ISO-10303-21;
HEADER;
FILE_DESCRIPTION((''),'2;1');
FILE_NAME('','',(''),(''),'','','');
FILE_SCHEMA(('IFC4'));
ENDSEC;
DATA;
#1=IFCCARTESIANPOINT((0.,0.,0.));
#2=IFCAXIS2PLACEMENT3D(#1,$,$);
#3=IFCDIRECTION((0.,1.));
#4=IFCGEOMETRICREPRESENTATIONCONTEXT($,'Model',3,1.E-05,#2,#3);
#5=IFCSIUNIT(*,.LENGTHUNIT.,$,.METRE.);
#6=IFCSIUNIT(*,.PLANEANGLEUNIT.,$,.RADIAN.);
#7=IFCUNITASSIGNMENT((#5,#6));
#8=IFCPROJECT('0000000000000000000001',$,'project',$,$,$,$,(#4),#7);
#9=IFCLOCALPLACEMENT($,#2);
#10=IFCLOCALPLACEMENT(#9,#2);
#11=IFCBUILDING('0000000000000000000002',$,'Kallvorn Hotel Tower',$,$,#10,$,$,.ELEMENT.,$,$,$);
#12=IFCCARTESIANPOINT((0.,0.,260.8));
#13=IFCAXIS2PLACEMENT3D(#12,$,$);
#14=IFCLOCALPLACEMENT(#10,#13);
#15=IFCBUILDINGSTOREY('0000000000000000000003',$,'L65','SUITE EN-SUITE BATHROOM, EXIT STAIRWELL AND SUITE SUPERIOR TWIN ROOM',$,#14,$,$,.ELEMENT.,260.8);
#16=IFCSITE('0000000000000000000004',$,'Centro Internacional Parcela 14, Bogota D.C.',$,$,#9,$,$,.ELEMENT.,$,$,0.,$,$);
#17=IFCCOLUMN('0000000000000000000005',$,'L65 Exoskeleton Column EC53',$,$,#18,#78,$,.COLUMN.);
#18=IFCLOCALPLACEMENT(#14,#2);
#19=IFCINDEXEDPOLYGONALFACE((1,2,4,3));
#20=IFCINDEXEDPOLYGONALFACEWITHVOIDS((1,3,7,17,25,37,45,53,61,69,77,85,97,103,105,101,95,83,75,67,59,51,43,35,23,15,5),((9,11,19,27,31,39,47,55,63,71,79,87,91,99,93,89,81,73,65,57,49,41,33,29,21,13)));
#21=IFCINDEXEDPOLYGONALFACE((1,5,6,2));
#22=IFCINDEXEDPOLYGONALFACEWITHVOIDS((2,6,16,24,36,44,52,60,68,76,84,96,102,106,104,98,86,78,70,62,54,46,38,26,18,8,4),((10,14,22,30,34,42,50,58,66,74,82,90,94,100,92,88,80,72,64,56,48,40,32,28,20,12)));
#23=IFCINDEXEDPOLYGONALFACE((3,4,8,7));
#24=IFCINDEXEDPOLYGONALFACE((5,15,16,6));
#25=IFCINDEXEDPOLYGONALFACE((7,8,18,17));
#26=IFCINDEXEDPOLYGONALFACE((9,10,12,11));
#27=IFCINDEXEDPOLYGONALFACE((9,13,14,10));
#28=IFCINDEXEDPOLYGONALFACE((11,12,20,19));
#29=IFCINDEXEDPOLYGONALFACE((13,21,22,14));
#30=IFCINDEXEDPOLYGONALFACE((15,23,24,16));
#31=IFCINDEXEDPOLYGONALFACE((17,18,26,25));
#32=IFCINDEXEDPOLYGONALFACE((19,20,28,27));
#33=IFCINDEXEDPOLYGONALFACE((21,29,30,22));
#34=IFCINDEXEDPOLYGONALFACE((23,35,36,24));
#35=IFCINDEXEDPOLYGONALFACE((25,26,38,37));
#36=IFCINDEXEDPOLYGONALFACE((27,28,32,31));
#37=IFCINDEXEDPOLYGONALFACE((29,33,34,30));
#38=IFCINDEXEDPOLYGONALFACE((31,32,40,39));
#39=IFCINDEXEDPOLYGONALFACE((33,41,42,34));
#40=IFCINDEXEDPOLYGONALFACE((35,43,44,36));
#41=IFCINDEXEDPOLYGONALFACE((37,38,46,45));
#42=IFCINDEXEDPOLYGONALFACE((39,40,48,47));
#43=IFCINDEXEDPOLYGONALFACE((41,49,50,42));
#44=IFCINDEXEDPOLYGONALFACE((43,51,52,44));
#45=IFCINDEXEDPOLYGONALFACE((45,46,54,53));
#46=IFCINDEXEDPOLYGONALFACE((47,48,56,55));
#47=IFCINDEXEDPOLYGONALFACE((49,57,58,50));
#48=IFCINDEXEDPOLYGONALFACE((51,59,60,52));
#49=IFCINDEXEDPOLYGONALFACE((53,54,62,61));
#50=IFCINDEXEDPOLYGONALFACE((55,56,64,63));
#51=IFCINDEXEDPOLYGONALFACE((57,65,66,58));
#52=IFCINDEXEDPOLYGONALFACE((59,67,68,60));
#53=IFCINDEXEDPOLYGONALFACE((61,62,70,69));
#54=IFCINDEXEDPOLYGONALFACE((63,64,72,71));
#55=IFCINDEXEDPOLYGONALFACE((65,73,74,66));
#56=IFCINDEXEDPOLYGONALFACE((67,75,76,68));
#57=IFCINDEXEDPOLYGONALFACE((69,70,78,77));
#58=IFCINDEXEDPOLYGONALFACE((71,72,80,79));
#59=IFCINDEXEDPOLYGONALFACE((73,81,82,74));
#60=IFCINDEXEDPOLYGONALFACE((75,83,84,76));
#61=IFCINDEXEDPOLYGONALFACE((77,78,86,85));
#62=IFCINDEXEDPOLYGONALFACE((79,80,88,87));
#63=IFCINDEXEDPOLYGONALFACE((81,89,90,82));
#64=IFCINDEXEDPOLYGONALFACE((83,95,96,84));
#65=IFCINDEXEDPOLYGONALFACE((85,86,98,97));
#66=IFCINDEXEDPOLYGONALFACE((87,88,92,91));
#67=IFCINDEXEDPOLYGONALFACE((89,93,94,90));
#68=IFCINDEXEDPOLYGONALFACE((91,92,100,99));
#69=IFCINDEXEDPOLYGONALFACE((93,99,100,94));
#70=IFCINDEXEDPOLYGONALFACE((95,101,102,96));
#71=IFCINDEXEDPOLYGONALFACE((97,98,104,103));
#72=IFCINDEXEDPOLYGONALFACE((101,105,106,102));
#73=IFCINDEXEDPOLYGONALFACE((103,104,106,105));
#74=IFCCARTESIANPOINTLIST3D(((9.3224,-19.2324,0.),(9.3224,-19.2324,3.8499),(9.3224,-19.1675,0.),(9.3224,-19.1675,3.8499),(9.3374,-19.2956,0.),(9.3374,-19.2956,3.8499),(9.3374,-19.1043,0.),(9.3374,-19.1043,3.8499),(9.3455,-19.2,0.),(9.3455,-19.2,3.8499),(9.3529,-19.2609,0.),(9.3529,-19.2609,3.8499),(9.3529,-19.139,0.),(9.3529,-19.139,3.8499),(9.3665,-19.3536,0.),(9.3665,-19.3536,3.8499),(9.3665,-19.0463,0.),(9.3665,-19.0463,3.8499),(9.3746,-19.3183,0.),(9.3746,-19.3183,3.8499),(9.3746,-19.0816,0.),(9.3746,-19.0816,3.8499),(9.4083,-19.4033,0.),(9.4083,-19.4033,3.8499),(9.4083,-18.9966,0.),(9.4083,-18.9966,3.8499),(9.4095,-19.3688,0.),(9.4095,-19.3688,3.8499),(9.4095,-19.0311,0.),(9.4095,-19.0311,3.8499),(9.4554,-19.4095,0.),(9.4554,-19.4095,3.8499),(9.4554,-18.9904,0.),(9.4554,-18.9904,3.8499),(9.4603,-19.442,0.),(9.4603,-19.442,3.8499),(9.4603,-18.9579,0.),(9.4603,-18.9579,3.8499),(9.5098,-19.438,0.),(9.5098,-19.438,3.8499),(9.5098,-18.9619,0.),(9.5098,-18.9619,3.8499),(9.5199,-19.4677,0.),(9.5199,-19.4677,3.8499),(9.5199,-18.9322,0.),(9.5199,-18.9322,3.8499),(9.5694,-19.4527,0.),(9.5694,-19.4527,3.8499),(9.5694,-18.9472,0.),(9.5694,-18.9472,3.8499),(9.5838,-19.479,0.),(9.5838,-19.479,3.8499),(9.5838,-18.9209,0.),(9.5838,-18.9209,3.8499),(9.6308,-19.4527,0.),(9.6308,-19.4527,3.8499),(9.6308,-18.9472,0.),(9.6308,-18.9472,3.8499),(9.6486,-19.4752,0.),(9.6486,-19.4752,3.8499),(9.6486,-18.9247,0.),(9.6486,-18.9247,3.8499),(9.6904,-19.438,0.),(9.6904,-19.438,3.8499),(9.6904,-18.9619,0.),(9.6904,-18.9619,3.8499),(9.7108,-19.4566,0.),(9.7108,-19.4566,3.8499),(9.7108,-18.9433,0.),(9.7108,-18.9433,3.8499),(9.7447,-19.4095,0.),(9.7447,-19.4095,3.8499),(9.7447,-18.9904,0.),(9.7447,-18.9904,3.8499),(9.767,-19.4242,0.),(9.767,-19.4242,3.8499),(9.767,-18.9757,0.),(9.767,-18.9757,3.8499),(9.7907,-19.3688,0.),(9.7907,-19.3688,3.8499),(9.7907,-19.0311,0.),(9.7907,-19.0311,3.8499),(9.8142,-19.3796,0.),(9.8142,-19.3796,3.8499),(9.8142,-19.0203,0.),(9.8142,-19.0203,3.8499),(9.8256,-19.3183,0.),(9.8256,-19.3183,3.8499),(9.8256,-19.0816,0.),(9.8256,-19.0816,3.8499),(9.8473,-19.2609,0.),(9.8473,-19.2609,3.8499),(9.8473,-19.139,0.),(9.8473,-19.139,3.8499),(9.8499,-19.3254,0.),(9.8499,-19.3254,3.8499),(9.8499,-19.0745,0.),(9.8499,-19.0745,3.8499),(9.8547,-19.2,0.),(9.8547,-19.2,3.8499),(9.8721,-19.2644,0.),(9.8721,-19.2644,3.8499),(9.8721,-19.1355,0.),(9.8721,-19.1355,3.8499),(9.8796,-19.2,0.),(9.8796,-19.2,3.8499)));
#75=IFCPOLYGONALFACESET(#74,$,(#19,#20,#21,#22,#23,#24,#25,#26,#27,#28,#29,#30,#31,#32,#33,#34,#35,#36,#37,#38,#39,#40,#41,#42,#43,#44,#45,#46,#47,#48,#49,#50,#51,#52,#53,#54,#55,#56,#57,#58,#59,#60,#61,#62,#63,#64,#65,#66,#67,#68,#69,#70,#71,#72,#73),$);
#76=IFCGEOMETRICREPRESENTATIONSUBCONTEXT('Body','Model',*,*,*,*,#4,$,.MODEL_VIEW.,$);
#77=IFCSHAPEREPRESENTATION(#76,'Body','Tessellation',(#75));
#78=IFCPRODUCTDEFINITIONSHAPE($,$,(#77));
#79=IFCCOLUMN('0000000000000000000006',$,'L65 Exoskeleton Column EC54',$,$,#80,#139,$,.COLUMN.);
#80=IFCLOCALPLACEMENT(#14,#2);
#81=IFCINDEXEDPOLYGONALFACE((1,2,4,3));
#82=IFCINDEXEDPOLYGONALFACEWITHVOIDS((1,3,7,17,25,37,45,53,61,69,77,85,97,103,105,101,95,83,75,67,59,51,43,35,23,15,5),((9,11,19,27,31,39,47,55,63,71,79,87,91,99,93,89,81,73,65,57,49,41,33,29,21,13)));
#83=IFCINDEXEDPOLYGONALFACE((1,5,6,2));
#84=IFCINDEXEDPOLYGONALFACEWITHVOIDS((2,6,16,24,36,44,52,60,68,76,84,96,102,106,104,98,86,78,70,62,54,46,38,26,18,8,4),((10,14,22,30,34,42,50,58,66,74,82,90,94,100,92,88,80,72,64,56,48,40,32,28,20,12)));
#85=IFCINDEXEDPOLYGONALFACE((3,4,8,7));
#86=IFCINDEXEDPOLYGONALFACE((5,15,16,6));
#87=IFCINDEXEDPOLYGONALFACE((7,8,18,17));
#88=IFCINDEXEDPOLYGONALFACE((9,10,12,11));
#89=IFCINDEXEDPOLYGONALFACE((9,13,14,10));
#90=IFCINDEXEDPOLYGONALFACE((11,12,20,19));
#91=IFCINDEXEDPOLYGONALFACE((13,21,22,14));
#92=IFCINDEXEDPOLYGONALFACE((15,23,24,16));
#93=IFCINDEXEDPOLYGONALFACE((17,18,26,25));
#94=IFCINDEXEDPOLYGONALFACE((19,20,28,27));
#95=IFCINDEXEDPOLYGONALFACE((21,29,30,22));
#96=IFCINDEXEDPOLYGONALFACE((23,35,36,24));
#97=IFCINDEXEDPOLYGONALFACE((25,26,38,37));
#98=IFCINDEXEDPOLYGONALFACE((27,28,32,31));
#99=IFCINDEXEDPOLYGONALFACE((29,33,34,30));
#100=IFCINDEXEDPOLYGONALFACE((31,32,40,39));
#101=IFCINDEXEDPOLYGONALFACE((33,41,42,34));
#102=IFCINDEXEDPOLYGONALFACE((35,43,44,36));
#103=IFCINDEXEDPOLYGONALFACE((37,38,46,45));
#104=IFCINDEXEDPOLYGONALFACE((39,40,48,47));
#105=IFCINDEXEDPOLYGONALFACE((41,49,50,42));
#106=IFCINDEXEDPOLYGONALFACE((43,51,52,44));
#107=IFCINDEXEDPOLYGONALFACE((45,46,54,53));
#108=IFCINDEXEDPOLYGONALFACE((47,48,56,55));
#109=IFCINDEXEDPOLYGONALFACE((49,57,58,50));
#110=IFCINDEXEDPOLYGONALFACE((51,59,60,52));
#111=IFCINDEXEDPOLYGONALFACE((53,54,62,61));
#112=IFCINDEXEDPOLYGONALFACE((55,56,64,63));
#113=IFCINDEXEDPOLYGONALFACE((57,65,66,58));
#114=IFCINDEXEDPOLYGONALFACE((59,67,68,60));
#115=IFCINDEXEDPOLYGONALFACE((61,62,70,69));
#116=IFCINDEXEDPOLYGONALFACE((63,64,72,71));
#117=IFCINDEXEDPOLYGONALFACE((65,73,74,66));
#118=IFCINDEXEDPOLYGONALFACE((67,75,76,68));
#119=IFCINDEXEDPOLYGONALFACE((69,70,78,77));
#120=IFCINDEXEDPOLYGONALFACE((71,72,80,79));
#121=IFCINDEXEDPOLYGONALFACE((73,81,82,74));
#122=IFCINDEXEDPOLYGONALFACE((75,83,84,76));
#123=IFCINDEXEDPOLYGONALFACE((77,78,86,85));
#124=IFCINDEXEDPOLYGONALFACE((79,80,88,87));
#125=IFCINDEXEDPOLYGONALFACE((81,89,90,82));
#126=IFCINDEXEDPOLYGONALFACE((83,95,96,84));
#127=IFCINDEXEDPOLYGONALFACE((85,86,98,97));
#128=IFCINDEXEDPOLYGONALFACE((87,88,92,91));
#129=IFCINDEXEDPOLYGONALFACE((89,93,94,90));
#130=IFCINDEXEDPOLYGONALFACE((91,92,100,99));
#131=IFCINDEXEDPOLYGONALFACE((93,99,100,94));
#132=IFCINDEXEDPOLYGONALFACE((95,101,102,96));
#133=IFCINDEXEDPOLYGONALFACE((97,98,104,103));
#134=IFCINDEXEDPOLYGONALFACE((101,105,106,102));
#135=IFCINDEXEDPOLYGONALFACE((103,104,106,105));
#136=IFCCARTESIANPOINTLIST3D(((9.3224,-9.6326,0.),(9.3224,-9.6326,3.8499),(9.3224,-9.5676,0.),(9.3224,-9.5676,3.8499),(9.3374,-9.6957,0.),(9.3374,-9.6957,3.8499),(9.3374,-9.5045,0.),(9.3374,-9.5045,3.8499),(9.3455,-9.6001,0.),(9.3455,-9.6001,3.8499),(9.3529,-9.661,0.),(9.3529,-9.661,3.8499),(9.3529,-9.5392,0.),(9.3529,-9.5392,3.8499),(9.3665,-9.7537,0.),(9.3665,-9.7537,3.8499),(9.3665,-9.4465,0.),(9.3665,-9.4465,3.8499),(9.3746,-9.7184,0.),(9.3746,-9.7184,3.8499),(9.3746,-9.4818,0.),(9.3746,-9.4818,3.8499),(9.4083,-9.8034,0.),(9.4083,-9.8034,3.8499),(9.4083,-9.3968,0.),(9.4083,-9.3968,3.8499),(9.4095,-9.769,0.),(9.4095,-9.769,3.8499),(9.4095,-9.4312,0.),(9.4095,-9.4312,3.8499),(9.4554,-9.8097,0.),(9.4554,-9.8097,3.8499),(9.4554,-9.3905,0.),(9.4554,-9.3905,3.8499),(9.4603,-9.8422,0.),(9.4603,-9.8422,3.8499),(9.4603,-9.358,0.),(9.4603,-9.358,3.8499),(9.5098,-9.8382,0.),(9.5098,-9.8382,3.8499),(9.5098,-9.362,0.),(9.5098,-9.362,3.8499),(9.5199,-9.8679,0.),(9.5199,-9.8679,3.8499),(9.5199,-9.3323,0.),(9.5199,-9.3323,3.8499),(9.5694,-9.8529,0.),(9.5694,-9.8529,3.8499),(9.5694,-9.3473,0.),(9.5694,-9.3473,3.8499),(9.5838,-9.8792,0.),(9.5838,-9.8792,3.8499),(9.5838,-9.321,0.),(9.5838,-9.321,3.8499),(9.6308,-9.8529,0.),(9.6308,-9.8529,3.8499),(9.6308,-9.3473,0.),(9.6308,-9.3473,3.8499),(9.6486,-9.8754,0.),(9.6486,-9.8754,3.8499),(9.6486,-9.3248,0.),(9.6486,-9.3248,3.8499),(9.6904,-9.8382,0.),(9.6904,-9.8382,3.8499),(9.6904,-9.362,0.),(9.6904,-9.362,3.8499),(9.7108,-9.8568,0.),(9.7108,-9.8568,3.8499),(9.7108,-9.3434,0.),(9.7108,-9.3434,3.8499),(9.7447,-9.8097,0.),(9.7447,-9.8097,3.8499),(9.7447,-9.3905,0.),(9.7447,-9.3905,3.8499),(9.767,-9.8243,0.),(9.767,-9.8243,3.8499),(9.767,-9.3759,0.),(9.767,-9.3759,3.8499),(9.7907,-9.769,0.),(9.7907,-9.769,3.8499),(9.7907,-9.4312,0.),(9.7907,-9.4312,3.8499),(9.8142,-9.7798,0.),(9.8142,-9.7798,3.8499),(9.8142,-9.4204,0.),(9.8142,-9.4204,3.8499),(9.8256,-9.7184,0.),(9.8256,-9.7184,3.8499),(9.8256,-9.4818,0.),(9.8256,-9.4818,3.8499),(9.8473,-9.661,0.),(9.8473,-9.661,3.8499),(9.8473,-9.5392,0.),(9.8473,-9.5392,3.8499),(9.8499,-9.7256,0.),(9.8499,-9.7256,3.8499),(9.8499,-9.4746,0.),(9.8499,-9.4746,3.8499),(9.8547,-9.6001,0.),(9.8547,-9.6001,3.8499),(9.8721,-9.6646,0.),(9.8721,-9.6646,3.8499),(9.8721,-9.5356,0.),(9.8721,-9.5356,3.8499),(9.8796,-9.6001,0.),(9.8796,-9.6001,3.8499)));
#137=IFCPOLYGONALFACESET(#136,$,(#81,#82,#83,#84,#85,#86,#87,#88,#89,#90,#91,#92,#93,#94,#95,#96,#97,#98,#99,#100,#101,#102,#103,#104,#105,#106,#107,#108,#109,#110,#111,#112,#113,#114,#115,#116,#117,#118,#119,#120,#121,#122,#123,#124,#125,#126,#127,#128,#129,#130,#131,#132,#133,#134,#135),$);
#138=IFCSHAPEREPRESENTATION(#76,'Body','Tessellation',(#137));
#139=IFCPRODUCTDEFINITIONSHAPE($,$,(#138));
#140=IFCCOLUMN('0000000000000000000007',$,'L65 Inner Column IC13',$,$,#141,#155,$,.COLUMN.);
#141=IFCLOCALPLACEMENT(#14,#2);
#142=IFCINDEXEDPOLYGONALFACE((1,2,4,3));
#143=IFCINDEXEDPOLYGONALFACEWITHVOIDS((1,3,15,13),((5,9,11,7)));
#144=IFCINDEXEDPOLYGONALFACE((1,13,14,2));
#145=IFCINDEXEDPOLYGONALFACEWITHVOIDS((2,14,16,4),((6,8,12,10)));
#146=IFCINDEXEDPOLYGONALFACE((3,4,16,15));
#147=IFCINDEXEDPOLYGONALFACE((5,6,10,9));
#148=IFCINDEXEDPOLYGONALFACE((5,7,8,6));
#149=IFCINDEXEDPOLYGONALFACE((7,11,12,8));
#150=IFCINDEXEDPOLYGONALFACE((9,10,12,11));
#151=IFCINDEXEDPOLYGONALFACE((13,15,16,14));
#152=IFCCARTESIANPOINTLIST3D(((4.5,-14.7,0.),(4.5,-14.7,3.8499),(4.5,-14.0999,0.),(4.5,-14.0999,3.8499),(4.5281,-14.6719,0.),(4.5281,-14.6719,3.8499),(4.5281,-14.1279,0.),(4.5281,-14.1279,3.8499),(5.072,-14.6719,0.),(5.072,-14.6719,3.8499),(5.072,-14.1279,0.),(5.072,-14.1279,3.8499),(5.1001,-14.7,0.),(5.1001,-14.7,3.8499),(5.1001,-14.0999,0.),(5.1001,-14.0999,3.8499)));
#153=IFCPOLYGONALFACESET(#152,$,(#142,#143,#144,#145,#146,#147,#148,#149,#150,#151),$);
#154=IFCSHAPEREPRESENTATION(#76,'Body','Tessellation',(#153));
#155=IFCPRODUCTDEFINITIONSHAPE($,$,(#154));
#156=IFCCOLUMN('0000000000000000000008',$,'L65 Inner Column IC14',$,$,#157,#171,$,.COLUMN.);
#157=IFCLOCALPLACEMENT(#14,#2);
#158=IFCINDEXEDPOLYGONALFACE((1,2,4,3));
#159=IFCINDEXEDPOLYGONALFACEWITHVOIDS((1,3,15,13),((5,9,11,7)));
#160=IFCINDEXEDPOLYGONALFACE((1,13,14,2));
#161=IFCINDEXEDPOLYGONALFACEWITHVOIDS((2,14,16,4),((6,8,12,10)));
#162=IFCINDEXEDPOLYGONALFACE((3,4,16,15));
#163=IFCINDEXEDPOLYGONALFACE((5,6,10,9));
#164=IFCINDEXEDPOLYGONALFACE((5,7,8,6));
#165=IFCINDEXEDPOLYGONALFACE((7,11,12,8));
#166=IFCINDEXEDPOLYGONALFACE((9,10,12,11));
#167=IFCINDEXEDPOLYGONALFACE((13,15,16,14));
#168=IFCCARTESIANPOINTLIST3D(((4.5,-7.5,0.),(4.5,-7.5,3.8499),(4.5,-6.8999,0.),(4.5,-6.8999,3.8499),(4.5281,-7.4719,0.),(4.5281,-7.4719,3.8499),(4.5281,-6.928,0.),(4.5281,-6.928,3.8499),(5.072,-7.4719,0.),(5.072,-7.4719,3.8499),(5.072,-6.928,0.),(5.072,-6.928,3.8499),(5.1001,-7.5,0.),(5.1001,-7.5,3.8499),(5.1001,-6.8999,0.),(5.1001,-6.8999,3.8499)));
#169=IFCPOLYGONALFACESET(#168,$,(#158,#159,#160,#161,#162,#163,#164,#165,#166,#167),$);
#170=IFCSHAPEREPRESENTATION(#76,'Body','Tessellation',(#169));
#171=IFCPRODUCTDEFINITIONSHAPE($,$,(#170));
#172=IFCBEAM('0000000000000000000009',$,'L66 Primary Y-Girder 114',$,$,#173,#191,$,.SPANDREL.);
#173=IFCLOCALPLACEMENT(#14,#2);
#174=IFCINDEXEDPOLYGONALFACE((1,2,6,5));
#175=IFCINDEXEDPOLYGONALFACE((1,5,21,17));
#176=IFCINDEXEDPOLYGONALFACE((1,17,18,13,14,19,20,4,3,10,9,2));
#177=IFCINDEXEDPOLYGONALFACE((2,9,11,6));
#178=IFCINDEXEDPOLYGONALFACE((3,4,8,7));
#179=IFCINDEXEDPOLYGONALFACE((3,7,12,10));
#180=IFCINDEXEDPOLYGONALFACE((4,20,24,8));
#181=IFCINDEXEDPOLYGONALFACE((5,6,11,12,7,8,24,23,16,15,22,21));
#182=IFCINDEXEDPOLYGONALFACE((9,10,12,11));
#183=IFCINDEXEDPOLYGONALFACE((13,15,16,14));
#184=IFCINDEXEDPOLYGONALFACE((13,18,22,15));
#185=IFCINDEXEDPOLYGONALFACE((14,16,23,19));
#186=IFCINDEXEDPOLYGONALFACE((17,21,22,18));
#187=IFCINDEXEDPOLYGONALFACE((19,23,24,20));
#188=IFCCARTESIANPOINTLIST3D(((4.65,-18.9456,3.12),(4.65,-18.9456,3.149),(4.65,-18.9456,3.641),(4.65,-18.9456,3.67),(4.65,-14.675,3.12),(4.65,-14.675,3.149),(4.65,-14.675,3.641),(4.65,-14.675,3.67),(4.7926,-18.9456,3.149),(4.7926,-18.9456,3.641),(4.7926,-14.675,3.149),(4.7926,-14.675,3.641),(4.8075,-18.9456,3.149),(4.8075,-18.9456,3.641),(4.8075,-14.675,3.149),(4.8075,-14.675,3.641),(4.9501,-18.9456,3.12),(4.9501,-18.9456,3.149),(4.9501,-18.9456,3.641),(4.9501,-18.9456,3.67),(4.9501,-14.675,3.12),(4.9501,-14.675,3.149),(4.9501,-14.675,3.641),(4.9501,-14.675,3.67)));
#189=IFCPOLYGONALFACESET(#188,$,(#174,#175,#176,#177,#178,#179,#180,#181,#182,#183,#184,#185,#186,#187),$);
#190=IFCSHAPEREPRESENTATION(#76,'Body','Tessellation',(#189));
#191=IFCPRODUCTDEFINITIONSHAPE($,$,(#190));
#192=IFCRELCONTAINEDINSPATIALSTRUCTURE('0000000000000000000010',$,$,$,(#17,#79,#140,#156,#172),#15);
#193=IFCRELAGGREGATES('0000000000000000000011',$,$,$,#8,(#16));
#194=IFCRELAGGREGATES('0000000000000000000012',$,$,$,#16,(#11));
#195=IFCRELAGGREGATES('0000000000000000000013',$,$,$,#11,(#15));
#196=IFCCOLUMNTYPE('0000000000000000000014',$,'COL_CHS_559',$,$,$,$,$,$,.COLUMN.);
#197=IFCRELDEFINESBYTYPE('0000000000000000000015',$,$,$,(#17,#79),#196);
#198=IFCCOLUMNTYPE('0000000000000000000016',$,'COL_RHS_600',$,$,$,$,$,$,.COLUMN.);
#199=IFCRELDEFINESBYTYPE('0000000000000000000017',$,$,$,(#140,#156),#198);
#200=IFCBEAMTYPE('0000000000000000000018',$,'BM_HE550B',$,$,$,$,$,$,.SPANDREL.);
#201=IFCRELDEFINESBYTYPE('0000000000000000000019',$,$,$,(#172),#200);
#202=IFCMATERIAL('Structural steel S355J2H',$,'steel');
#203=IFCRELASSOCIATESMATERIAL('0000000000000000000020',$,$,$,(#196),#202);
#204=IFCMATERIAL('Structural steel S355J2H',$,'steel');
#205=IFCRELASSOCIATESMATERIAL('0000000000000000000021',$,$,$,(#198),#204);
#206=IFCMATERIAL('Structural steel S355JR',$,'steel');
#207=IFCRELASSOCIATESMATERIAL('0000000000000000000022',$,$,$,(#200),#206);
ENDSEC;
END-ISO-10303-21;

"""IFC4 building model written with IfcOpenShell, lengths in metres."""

from ifc_helpers import new_model, si_unit, direction, frame, origin, origin_2d, place, context, subcontext, project, spatial, hollow_rectangle, hollow_circle, i_section, extrude, material, material_profile, profile_set, type_object, element, save


model = new_model("IFC4")

# Units and contexts
model_context = context("Model", 3, precision=1e-05, world=origin(), true_north=direction((0.0, 1.0)))
body_context = subcontext(model_context, "Body", "Model", "MODEL_VIEW")
ifc_project = project(units=[si_unit("LENGTHUNIT", "METRE"), si_unit("PLANEANGLEUNIT", "RADIAN")], contexts=[model_context])

# Site, building, storey
site_placement = place(None, origin())
site = spatial("IfcSite", under=ifc_project, at=site_placement, Name="Centro Internacional Parcela 14, Bogota D.C.", CompositionType="ELEMENT", RefElevation=0.0)
building_placement = place(site_placement, origin())
building = spatial("IfcBuilding", under=site, at=building_placement, Name="Kallvorn Hotel Tower", CompositionType="ELEMENT")
storey_placement = place(building_placement, frame((0.0, 0.0, 260.8)))
storey = spatial("IfcBuildingStorey", under=building, at=storey_placement, Name="L65", Description="SUITE EN-SUITE BATHROOM, EXIT STAIRWELL AND SUITE SUPERIOR TWIN ROOM", CompositionType="ELEMENT", Elevation=260.8)

# Columns
ifc_material_1 = material(Name="Structural steel S355J2H", Category="steel")
ifc_material_profile_1 = material_profile(ifc_material_1, hollow_circle(Radius=0.2795, WallThickness=0.0249, at=origin_2d()), Name="CHS 559x25")
ifc_profile_set_1 = profile_set([ifc_material_profile_1], Name="Structural steel S355J2H")
column_type_1 = type_object("IfcColumnType", Name="COL_CHS_559", PredefinedType="COLUMN", material=ifc_profile_set_1)
for number, where, z_axis, x_axis, name in (
    (1, (9.6001, -19.2, 0.0), (0.0, 0.0, 1.0), (1.0, 0.0, 0.0), "L65 Exoskeleton Column EC53"),
    (2, (9.6001, -9.6001, 0.0), (0.0, 0.0, 1.0), (1.0, 0.0, 0.0), "L65 Exoskeleton Column EC54"),
):
    element("IfcColumn", number, at=place(storey_placement, frame(where, z_axis=z_axis, x_axis=x_axis)), inside=storey, type_object=column_type_1, Name=name, PredefinedType="COLUMN", context=body_context, shape_type="SweptSolid", body=[
        extrude(hollow_circle(Radius=0.2795, WallThickness=0.0249, at=origin_2d()), origin(), (0.0, 0.0, 1.0), 3.8499),
    ])
ifc_material_2 = material(Name="Structural steel S355J2H", Category="steel")
ifc_material_profile_2 = material_profile(ifc_material_2, hollow_rectangle(XDim=0.6001, YDim=0.6001, WallThickness=0.0281, at=origin_2d()), Name="RHS 600x600x28")
ifc_profile_set_2 = profile_set([ifc_material_profile_2], Name="Structural steel S355J2H")
column_type_2 = type_object("IfcColumnType", Name="COL_RHS_600", PredefinedType="COLUMN", material=ifc_profile_set_2)
for number, where, z_axis, x_axis, name in (
    (3, (4.8, -14.3999, 0.0), (0.0, 0.0, 1.0), (1.0, 0.0, 0.0), "L65 Inner Column IC13"),
    (4, (4.8, -7.2, 0.0), (0.0, 0.0, 1.0), (1.0, 0.0, 0.0), "L65 Inner Column IC14"),
):
    element("IfcColumn", number, at=place(storey_placement, frame(where, z_axis=z_axis, x_axis=x_axis)), inside=storey, type_object=column_type_2, Name=name, PredefinedType="COLUMN", context=body_context, shape_type="SweptSolid", body=[
        extrude(hollow_rectangle(XDim=0.6001, YDim=0.6001, WallThickness=0.0281, at=origin_2d()), origin(), (0.0, 0.0, 1.0), 3.8499),
    ])

# Beam
ifc_material_3 = material(Name="Structural steel S355JR", Category="steel")
ifc_material_profile_3 = material_profile(ifc_material_3, i_section(OverallWidth=0.3, OverallDepth=0.55, WebThickness=0.0149, FlangeThickness=0.0291, at=origin_2d()), Name="HE 550 B")
ifc_profile_set_3 = profile_set([ifc_material_profile_3], Name="Structural steel S355JR")
beam_type_1 = type_object("IfcBeamType", Name="BM_HE550B", PredefinedType="SPANDREL", material=ifc_profile_set_3)
beam_1_placement = place(storey_placement, frame((4.8, -18.9456, 3.395), z_axis=(0.0, 1.0, 0.0), x_axis=(-1.0, 0.0, 0.0)))
element("IfcBeam", 5, at=beam_1_placement, inside=storey, type_object=beam_type_1, Name="L66 Primary Y-Girder 114", PredefinedType="SPANDREL", context=body_context, shape_type="SweptSolid", body=[
    extrude(i_section(OverallWidth=0.3, OverallDepth=0.55, WebThickness=0.0149, FlangeThickness=0.0291, at=origin_2d()), origin(), (0.0, 0.0, 1.0), 4.2705),
])

save(model, "model.ifc")
